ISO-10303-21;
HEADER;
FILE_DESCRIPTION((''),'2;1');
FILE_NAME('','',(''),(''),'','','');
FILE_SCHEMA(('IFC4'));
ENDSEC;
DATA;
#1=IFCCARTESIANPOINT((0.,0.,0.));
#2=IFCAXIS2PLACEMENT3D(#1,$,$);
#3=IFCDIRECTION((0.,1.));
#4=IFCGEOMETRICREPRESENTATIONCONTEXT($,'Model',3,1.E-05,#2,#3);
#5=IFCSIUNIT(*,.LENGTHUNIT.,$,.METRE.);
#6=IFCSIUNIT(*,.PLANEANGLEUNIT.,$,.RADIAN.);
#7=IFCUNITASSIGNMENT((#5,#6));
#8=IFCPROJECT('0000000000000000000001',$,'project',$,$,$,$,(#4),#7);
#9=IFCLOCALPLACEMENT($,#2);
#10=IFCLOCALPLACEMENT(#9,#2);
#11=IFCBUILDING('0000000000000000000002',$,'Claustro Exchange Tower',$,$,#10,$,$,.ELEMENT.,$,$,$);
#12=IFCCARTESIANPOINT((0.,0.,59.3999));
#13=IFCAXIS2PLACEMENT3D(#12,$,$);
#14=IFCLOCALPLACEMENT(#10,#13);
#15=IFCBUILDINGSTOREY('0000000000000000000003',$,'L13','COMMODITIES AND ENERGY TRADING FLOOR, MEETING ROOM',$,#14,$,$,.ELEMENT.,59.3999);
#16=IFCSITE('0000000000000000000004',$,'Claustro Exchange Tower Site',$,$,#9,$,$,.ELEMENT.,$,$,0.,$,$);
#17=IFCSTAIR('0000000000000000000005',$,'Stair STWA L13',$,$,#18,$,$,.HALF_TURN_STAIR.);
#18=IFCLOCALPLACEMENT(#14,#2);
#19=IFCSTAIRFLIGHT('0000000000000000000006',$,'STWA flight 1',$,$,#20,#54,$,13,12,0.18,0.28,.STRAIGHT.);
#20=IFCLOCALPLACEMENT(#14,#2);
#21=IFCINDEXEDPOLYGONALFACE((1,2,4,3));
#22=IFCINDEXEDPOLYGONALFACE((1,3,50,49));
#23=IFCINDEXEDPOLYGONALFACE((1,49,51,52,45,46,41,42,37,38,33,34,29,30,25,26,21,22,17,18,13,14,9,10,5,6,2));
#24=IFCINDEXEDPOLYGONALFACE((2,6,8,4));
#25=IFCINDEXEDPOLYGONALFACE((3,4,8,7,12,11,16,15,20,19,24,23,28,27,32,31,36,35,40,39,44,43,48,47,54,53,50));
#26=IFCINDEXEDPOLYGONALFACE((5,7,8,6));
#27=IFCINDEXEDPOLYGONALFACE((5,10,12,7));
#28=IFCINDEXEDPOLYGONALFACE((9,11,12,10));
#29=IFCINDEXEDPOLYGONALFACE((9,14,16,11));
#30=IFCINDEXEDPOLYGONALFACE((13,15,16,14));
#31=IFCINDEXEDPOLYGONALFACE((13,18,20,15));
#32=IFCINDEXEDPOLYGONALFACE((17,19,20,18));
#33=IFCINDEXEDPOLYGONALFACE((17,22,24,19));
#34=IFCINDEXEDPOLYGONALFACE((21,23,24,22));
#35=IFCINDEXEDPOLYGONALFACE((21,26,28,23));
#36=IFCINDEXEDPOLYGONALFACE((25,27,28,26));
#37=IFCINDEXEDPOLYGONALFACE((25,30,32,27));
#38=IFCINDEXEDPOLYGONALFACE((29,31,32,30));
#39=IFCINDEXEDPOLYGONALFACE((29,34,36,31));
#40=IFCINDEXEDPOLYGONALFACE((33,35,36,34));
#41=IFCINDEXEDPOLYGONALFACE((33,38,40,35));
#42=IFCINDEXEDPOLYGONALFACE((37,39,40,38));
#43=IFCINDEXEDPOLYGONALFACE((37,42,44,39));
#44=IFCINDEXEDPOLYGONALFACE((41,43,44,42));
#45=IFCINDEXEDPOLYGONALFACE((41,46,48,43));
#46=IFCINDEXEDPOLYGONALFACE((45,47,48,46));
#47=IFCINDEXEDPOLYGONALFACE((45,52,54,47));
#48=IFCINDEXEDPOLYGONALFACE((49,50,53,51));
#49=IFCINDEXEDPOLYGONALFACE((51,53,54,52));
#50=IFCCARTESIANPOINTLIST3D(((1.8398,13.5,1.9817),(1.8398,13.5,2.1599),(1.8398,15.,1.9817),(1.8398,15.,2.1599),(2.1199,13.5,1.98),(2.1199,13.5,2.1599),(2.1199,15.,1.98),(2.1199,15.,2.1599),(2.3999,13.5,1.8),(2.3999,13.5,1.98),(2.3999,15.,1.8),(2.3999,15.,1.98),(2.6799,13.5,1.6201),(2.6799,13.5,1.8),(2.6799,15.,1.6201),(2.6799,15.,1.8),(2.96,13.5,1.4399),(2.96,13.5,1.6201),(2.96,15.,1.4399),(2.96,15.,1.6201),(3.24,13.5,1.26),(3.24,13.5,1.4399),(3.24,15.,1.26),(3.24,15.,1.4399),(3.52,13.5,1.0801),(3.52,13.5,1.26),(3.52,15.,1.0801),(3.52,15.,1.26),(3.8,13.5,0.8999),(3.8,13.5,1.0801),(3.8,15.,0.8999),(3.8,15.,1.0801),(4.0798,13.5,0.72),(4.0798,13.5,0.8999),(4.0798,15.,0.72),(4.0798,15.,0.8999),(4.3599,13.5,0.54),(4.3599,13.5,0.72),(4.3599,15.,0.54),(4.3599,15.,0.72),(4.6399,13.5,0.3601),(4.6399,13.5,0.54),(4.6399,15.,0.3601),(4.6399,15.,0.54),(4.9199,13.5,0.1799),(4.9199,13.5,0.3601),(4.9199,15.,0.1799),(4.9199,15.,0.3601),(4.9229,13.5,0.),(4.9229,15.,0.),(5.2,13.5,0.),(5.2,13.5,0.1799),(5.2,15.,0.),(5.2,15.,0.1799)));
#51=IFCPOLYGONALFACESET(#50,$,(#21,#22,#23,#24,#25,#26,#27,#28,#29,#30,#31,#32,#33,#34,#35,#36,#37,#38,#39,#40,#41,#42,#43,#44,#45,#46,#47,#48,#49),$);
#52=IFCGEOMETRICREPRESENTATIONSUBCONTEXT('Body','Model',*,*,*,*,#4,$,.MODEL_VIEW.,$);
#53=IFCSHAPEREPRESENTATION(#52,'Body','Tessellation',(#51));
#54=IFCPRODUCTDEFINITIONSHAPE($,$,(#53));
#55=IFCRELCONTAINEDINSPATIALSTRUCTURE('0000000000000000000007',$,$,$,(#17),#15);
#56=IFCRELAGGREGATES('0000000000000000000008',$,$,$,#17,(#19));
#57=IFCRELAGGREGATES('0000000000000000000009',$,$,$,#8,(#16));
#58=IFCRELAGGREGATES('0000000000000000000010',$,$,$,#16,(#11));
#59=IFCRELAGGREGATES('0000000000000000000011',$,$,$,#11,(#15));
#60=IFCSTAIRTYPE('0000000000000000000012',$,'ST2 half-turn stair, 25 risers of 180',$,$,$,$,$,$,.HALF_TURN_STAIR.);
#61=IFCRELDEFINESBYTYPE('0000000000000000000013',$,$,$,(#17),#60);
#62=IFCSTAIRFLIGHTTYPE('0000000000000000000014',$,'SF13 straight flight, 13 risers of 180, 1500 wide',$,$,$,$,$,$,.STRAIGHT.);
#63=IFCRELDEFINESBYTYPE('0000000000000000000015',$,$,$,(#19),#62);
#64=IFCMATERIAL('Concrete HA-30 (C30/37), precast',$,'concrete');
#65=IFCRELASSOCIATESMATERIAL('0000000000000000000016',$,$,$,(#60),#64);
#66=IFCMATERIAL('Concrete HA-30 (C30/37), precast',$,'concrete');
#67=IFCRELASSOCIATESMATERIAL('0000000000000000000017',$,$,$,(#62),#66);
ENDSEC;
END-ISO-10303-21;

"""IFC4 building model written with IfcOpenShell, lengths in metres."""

from ifc_helpers import new_model, si_unit, direction, frame, origin, place, context, subcontext, project, spatial, polyline, outline, extrude, material, type_object, element, aggregate, save


model = new_model("IFC4")

# Units and contexts
model_context = context("Model", 3, precision=1e-05, world=origin(), true_north=direction((0.0, 1.0)))
body_context = subcontext(model_context, "Body", "Model", "MODEL_VIEW")
ifc_project = project(units=[si_unit("LENGTHUNIT", "METRE"), si_unit("PLANEANGLEUNIT", "RADIAN")], contexts=[model_context])

# Site, building, storey
site_placement = place(None, origin())
site = spatial("IfcSite", under=ifc_project, at=site_placement, Name="Claustro Exchange Tower Site", CompositionType="ELEMENT", RefElevation=0.0)
building_placement = place(site_placement, origin())
building = spatial("IfcBuilding", under=site, at=building_placement, Name="Claustro Exchange Tower", CompositionType="ELEMENT")
storey_placement = place(building_placement, frame((0.0, 0.0, 59.3999)))
storey = spatial("IfcBuildingStorey", under=building, at=storey_placement, Name="L13", Description="COMMODITIES AND ENERGY TRADING FLOOR, MEETING ROOM", CompositionType="ELEMENT", Elevation=59.3999)

# Stair, stair flight
ifc_material_1 = material(Name="Concrete HA-30 (C30/37), precast", Category="concrete")
stair_type = type_object("IfcStairType", Name="ST2 half-turn stair, 25 risers of 180", PredefinedType="HALF_TURN_STAIR", material=ifc_material_1)
stair_placement = place(storey_placement, origin())
stair = element("IfcStair", 1, at=stair_placement, inside=storey, type_object=stair_type, Name="Stair STWA L13", PredefinedType="HALF_TURN_STAIR")
ifc_material_2 = material(Name="Concrete HA-30 (C30/37), precast", Category="concrete")
stair_flight_type = type_object("IfcStairFlightType", Name="SF13 straight flight, 13 risers of 180, 1500 wide", PredefinedType="STRAIGHT", material=ifc_material_2)
stair_flight_placement = place(storey_placement, frame((5.2, 14.25, 0.0), z_axis=(0.0, 0.0, 1.0), x_axis=(-1.0, 0.0, 0.0)))
stair_flight = element("IfcStairFlight", 2, at=stair_flight_placement, type_object=stair_flight_type, Name="STWA flight 1", NumberOfRisers=13, NumberOfTreads=12, PredefinedType="STRAIGHT", RiserHeight=0.18, TreadLength=0.28, context=body_context, shape_type="SweptSolid", body=[
    extrude(outline(polyline([(0.0, 0.0), (0.0, 0.1799), (0.28, 0.1799), (0.28, 0.3601), (0.5601, 0.3601), (0.5601, 0.54), (0.8401, 0.54), (0.8401, 0.72), (1.1201, 0.72), (1.1201, 0.8999), (1.3999, 0.8999), (1.3999, 1.0801), (1.6799, 1.0801), (1.6799, 1.26), (1.96, 1.26), (1.96, 1.4399), (2.24, 1.4399), (2.24, 1.6201), (2.52, 1.6201), (2.52, 1.8), (2.8, 1.8), (2.8, 1.98), (3.0801, 1.98), (3.0801, 2.1599), (3.3601, 2.1599), (3.3601, 2.3401), (3.3601, 1.9817), (0.2771, 0.0), (0.0, 0.0)])), frame((0.0, 0.75, 0.0), z_axis=(0.0, -1.0, 0.0), x_axis=(1.0, 0.0, 0.0)), (0.0, 0.0, 1.0), 1.5),
])
aggregate(stair, [stair_flight])

save(model, "model.ifc")
